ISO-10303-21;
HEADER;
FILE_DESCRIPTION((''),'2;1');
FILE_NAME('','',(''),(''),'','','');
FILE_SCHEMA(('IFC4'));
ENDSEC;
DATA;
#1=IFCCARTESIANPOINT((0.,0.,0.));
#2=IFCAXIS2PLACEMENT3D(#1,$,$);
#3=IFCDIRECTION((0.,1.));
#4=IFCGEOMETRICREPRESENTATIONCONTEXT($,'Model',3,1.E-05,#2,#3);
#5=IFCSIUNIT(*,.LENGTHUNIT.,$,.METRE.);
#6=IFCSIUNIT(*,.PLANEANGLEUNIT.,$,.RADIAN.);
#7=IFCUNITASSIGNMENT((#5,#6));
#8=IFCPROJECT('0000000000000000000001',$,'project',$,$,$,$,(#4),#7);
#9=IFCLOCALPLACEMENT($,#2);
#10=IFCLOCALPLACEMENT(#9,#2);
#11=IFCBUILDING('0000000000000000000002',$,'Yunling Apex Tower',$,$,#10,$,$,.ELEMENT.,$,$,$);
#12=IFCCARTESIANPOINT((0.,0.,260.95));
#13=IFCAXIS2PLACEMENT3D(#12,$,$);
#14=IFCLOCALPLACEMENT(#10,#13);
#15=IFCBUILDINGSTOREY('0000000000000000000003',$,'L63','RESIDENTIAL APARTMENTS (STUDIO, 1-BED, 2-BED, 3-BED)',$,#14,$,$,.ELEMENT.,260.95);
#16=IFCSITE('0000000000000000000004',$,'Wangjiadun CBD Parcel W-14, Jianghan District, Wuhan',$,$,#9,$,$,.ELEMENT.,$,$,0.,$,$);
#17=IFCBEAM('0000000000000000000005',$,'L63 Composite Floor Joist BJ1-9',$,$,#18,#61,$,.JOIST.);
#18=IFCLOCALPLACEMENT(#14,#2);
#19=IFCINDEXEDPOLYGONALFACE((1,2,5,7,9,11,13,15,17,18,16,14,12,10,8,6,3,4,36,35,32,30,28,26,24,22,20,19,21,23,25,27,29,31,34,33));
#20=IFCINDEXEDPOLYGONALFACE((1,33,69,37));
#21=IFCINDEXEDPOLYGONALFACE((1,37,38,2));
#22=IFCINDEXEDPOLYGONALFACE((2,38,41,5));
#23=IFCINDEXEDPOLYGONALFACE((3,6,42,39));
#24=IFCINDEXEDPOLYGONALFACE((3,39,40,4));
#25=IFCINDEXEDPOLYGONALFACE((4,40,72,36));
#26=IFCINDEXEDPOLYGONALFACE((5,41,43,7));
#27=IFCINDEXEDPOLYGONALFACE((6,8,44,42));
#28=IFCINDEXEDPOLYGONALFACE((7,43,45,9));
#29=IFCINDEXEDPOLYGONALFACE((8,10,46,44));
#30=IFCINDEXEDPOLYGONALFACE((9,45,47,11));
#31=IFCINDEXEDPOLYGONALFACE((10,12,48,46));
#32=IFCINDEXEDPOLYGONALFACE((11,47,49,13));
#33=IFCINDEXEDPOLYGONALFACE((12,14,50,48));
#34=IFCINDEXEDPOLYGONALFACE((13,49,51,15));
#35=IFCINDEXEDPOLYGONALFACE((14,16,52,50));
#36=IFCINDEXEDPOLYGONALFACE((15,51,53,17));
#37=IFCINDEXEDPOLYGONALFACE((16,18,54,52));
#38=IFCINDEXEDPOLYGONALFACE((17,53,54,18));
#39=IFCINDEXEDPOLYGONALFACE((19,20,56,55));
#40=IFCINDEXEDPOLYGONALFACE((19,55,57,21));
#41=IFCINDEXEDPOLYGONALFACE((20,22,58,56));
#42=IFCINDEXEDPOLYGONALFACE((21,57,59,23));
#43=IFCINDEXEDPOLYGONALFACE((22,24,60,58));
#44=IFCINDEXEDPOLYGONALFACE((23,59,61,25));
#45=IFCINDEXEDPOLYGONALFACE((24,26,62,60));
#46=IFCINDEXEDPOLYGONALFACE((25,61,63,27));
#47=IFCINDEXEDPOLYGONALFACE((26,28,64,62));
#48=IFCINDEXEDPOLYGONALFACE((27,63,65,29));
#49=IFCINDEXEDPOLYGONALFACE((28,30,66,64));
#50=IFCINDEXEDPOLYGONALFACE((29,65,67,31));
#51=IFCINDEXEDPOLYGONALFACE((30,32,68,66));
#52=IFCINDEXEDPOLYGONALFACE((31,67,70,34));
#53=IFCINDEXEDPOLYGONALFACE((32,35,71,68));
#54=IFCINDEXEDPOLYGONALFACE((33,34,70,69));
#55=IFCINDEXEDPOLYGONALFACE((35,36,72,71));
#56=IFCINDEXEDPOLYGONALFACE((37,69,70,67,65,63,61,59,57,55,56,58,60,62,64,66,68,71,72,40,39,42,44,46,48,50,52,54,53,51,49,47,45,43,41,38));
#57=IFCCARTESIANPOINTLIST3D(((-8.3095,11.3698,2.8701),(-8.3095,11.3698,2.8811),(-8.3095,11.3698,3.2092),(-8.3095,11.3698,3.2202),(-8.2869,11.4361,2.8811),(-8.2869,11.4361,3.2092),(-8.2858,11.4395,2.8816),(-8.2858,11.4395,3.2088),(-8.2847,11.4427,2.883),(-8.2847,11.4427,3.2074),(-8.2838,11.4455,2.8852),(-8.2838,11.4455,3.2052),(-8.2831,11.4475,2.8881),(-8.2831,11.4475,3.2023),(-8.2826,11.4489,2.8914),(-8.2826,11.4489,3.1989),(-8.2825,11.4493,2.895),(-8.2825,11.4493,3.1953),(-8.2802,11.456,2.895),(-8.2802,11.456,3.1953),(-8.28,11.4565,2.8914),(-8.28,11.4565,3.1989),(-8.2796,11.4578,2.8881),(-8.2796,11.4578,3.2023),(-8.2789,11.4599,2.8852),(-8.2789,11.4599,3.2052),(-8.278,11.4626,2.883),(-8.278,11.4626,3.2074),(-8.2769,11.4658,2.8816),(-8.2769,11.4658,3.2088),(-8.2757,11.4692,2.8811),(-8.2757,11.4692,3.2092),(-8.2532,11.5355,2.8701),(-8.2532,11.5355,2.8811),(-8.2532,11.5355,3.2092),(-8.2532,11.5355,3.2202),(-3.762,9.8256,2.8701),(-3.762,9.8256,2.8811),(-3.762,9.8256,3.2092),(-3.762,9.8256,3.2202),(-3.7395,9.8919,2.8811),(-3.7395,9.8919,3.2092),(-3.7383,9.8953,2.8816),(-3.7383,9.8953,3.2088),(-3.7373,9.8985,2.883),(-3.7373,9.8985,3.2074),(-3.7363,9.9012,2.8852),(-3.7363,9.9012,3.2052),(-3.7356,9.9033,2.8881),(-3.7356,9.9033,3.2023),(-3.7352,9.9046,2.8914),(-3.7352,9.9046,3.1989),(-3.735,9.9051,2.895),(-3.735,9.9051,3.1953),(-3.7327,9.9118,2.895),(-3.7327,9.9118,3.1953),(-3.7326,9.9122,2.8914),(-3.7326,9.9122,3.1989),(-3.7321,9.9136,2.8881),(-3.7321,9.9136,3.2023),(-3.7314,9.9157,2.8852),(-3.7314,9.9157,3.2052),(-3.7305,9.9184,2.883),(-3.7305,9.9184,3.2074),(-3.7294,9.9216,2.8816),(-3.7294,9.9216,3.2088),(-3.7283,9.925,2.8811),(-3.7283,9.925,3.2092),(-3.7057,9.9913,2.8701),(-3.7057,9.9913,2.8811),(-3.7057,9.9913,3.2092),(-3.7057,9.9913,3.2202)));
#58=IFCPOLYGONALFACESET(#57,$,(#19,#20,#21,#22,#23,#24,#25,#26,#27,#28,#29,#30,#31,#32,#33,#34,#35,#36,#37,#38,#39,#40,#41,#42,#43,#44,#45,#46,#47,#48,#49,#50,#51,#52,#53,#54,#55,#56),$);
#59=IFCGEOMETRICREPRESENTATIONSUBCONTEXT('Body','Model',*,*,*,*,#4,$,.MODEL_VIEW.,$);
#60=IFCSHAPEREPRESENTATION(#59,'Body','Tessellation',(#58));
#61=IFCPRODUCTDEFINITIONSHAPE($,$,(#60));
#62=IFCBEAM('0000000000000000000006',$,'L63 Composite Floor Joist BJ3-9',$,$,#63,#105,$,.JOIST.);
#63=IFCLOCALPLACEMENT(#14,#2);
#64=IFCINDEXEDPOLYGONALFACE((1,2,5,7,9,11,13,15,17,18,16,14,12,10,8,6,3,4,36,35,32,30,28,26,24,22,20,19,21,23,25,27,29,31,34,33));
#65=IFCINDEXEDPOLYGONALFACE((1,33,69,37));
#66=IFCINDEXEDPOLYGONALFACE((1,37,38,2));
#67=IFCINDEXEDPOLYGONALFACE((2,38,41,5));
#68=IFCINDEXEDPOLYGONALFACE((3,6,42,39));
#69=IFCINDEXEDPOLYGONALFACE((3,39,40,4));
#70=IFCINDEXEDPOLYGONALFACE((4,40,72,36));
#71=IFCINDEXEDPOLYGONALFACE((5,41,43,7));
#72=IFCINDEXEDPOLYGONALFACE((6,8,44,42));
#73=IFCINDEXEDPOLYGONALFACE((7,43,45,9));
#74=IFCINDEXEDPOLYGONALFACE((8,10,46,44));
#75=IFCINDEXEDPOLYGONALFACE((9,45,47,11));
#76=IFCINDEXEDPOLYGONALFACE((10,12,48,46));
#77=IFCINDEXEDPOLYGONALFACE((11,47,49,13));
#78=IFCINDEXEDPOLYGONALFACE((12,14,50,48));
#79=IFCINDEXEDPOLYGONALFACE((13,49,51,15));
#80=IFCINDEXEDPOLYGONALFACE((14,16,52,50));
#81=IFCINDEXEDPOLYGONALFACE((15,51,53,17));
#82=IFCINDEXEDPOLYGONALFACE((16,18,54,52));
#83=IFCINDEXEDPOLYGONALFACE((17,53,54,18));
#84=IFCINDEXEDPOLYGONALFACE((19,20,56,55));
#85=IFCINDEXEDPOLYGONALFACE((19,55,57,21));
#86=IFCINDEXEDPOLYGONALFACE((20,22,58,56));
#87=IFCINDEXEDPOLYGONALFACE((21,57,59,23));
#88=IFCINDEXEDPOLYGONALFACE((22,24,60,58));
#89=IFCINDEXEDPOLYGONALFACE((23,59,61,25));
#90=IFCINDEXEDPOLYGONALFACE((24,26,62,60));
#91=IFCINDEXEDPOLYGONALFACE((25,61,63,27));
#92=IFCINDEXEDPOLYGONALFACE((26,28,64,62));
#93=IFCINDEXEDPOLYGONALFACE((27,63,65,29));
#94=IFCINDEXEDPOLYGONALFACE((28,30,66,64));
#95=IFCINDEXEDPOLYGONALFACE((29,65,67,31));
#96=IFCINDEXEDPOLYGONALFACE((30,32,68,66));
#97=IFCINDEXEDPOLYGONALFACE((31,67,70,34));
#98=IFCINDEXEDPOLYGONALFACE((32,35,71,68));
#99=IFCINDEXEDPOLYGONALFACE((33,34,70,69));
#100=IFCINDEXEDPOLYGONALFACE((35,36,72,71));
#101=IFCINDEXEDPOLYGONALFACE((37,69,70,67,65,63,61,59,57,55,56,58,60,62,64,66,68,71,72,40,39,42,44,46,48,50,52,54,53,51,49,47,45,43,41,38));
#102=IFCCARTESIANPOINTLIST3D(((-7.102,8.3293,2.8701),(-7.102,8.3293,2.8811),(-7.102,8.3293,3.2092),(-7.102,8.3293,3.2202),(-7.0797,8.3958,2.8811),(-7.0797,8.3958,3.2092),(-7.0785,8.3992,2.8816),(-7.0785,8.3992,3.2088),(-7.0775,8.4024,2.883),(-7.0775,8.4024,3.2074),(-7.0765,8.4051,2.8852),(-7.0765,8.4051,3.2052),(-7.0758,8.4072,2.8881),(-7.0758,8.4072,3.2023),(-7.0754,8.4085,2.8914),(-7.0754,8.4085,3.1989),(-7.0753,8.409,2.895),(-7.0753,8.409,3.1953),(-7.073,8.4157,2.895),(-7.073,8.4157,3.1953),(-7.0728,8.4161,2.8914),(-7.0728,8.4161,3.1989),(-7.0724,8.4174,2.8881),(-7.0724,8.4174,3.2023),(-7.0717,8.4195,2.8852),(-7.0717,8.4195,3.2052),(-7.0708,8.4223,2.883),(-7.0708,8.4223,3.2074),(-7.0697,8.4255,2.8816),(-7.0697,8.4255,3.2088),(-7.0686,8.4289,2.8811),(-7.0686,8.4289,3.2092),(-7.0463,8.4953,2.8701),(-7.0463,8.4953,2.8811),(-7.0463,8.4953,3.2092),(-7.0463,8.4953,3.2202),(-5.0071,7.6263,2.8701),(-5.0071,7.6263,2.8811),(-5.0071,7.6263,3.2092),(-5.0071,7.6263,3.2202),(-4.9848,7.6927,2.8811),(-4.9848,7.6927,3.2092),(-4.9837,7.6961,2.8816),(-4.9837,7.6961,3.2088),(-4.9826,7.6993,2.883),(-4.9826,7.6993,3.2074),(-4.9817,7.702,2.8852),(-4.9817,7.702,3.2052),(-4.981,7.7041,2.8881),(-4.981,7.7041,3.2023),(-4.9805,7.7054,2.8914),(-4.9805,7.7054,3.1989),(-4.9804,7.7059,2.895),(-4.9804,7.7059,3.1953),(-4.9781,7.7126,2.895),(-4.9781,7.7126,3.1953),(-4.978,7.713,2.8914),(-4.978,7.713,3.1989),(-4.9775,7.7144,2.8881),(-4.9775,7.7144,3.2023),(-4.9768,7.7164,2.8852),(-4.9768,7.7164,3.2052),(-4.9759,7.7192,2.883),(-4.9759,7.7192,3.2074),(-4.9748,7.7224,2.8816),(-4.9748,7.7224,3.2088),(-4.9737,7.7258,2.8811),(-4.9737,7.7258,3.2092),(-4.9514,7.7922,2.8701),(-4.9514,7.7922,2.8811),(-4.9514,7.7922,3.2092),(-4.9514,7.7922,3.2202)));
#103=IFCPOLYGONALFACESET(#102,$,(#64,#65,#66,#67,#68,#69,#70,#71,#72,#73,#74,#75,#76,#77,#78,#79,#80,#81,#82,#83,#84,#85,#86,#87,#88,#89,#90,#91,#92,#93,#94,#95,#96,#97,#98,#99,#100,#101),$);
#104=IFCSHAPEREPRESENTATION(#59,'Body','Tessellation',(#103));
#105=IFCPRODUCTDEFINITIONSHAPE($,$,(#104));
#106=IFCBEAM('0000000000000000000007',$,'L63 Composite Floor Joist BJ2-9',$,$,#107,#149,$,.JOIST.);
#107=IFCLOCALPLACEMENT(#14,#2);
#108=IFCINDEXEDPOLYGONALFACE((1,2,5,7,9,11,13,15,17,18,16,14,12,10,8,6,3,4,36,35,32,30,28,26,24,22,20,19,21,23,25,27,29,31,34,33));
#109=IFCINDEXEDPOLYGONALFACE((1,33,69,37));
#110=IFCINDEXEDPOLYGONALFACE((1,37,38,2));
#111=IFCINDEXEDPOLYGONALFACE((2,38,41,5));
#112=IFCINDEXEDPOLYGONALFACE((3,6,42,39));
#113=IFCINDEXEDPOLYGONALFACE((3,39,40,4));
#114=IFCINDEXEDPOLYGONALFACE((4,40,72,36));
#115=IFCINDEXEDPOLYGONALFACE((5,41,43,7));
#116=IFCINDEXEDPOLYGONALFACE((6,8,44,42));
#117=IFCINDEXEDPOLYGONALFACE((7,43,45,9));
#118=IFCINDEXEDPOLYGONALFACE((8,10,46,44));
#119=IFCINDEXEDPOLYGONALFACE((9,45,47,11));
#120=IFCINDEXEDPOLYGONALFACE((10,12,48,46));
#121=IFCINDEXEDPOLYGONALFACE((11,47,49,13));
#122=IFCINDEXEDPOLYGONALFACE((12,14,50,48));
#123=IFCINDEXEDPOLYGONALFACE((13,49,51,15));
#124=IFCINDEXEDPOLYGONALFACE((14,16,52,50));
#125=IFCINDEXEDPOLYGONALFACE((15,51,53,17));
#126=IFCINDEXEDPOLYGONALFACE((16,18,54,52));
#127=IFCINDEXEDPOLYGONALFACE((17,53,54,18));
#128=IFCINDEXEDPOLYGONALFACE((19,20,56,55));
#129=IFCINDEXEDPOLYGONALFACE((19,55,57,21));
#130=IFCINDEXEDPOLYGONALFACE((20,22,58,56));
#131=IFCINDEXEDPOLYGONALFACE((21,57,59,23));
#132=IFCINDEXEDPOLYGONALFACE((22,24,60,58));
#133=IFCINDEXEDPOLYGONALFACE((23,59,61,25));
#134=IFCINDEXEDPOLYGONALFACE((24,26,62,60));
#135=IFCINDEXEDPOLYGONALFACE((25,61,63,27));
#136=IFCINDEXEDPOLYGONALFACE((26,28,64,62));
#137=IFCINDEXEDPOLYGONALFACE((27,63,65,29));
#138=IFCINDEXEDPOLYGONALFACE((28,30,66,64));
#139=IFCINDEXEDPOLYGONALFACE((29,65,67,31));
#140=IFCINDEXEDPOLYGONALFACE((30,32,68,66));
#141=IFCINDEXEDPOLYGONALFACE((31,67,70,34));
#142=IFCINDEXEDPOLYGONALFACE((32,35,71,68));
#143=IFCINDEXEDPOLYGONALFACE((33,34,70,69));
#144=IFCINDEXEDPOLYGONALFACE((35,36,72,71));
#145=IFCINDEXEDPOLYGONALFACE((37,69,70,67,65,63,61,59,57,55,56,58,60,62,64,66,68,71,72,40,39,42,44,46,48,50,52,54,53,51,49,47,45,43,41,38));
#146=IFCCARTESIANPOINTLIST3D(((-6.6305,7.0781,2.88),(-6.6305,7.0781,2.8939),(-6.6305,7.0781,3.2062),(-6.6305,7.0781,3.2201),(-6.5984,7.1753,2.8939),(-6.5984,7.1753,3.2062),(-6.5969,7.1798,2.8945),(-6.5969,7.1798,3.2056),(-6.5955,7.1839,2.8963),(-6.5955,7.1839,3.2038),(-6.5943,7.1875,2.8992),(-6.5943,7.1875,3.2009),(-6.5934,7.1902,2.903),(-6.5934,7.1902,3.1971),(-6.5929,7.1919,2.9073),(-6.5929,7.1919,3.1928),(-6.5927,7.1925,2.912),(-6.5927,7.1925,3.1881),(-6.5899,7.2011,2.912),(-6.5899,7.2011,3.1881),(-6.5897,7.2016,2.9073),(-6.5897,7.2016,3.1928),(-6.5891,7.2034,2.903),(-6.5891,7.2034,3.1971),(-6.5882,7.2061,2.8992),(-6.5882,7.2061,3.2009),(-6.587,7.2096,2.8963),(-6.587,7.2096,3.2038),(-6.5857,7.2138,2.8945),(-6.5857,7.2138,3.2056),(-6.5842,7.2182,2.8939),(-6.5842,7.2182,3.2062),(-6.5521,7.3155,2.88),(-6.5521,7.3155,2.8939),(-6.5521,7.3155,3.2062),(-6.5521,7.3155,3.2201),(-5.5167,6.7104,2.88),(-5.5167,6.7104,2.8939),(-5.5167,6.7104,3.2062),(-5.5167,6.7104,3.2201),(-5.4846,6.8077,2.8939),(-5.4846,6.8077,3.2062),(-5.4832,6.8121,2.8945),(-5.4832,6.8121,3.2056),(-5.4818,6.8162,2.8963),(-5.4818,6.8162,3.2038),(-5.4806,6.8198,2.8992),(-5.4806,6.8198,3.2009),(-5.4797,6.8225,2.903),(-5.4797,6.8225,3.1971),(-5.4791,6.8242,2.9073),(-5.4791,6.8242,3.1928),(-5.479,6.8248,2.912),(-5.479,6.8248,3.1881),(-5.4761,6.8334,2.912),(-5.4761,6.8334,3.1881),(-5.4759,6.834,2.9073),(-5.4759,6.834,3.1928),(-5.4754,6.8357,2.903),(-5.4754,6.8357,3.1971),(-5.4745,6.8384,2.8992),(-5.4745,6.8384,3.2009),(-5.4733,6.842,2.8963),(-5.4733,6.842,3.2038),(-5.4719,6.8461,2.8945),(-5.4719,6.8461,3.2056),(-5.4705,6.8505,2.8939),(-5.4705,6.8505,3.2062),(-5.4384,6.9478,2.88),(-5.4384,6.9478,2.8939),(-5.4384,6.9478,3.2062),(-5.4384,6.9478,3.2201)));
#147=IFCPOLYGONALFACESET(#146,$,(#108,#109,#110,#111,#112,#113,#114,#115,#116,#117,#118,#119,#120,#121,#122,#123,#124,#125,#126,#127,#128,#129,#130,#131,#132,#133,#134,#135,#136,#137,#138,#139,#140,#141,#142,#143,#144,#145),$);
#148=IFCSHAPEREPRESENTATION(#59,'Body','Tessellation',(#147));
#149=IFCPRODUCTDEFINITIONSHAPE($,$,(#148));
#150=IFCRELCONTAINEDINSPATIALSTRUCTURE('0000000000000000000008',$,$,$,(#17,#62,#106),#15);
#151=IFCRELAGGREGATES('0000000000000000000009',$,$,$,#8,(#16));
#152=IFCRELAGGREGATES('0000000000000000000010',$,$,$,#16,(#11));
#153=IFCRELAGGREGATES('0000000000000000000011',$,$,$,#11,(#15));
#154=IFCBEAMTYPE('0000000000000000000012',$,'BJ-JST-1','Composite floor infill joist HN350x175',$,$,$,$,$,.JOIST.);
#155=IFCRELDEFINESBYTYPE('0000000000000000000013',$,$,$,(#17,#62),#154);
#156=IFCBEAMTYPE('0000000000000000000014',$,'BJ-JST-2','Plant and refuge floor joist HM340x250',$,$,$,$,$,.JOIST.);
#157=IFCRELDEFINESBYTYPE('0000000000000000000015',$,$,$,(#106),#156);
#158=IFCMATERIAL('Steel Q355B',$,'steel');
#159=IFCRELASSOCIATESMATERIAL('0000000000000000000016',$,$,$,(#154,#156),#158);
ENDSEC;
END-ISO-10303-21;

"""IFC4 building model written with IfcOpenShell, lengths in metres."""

from ifc_helpers import new_model, si_unit, direction, frame, origin, origin_2d, place, context, subcontext, project, spatial, i_section, extrude, source, transform, mapped, material, material_profile, profile_set, type_object, element, save


model = new_model("IFC4")

# Units and contexts
model_context = context("Model", 3, precision=1e-05, world=origin(), true_north=direction((0.0, 1.0)))
body_context = subcontext(model_context, "Body", "Model", "MODEL_VIEW")
ifc_project = project(units=[si_unit("LENGTHUNIT", "METRE"), si_unit("PLANEANGLEUNIT", "RADIAN")], contexts=[model_context])

# Site, building, storey
site_placement = place(None, origin())
site = spatial("IfcSite", under=ifc_project, at=site_placement, Name="Wangjiadun CBD Parcel W-14, Jianghan District, Wuhan", CompositionType="ELEMENT", RefElevation=0.0)
building_placement = place(site_placement, origin())
building = spatial("IfcBuilding", under=site, at=building_placement, Name="Yunling Apex Tower", CompositionType="ELEMENT")
storey_placement = place(building_placement, frame((0.0, 0.0, 260.95)))
storey = spatial("IfcBuildingStorey", under=building, at=storey_placement, Name="L63", Description="RESIDENTIAL APARTMENTS (STUDIO, 1-BED, 2-BED, 3-BED)", CompositionType="ELEMENT", Elevation=260.95)

# Shared definitions
ifc_material_1 = material(Name="Steel Q355B", Category="steel")

# Beams
ifc_material_profile_1 = material_profile(ifc_material_1, i_section(OverallWidth=0.175, OverallDepth=0.3501, WebThickness=0.0071, FlangeThickness=0.011, FilletRadius=0.0139, at=origin_2d()))
ifc_profile_set_1 = profile_set([ifc_material_profile_1], Name="Steel Q355B")
beam_type_1 = type_object("IfcBeamType", Name="BJ-JST-1", Description="Composite floor infill joist HN350x175", PredefinedType="JOIST", material=ifc_profile_set_1)
shared_shape_1 = source(origin(), body_context, "Body", "SweptSolid", [
    extrude(i_section(OverallWidth=0.175, OverallDepth=0.3501, WebThickness=0.0071, FlangeThickness=0.011, FilletRadius=0.0139, at=origin_2d()), origin(), (0.0, 0.0, 1.0), 4.8025),
])
beam_1_placement = place(storey_placement, frame((-3.7339, 9.9084, 3.0452), z_axis=(-0.946894, 0.321545, 0.0), x_axis=(-0.321545, -0.946894, 0.0)))
element("IfcBeam", 1, at=beam_1_placement, inside=storey, type_object=beam_type_1, Name="L63 Composite Floor Joist BJ1-9", PredefinedType="JOIST", context=body_context, shape_type="MappedRepresentation", body=[
    mapped(shared_shape_1, transform((0.0, 0.0, 0.0), scale=1.0)),
])
shared_shape_2 = source(origin(), body_context, "Body", "SweptSolid", [
    extrude(i_section(OverallWidth=0.175, OverallDepth=0.3501, WebThickness=0.0071, FlangeThickness=0.011, FilletRadius=0.0139, at=origin_2d()), origin(), (0.0, 0.0, 1.0), 2.2097),
])
beam_2_placement = place(storey_placement, frame((-4.9792, 7.7092, 3.0452), z_axis=(-0.948029, 0.318183, 0.0), x_axis=(-0.318183, -0.948029, 0.0)))
element("IfcBeam", 2, at=beam_2_placement, inside=storey, type_object=beam_type_1, Name="L63 Composite Floor Joist BJ3-9", PredefinedType="JOIST", context=body_context, shape_type="MappedRepresentation", body=[
    mapped(shared_shape_2, transform((0.0, 0.0, 0.0), scale=1.0)),
])
ifc_material_profile_2 = material_profile(ifc_material_1, i_section(OverallWidth=0.25, OverallDepth=0.3401, WebThickness=0.009, FlangeThickness=0.0139, FilletRadius=0.0181, at=origin_2d()))
ifc_profile_set_2 = profile_set([ifc_material_profile_2], Name="Steel Q355B")
beam_type_2 = type_object("IfcBeamType", Name="BJ-JST-2", Description="Plant and refuge floor joist HM340x250", PredefinedType="JOIST", material=ifc_profile_set_2)
shared_shape_3 = source(origin(), body_context, "Body", "SweptSolid", [
    extrude(i_section(OverallWidth=0.25, OverallDepth=0.3401, WebThickness=0.009, FlangeThickness=0.0139, FilletRadius=0.0181, at=origin_2d()), origin(), (0.0, 0.0, 1.0), 1.1729),
])
beam_3_placement = place(storey_placement, frame((-5.4775, 6.8291, 3.05), z_axis=(-0.949595, 0.313479, 0.0), x_axis=(-0.313479, -0.949595, 0.0)))
element("IfcBeam", 3, at=beam_3_placement, inside=storey, type_object=beam_type_2, Name="L63 Composite Floor Joist BJ2-9", PredefinedType="JOIST", context=body_context, shape_type="MappedRepresentation", body=[
    mapped(shared_shape_3, transform((0.0, 0.0, 0.0), scale=1.0)),
])

save(model, "model.ifc")
